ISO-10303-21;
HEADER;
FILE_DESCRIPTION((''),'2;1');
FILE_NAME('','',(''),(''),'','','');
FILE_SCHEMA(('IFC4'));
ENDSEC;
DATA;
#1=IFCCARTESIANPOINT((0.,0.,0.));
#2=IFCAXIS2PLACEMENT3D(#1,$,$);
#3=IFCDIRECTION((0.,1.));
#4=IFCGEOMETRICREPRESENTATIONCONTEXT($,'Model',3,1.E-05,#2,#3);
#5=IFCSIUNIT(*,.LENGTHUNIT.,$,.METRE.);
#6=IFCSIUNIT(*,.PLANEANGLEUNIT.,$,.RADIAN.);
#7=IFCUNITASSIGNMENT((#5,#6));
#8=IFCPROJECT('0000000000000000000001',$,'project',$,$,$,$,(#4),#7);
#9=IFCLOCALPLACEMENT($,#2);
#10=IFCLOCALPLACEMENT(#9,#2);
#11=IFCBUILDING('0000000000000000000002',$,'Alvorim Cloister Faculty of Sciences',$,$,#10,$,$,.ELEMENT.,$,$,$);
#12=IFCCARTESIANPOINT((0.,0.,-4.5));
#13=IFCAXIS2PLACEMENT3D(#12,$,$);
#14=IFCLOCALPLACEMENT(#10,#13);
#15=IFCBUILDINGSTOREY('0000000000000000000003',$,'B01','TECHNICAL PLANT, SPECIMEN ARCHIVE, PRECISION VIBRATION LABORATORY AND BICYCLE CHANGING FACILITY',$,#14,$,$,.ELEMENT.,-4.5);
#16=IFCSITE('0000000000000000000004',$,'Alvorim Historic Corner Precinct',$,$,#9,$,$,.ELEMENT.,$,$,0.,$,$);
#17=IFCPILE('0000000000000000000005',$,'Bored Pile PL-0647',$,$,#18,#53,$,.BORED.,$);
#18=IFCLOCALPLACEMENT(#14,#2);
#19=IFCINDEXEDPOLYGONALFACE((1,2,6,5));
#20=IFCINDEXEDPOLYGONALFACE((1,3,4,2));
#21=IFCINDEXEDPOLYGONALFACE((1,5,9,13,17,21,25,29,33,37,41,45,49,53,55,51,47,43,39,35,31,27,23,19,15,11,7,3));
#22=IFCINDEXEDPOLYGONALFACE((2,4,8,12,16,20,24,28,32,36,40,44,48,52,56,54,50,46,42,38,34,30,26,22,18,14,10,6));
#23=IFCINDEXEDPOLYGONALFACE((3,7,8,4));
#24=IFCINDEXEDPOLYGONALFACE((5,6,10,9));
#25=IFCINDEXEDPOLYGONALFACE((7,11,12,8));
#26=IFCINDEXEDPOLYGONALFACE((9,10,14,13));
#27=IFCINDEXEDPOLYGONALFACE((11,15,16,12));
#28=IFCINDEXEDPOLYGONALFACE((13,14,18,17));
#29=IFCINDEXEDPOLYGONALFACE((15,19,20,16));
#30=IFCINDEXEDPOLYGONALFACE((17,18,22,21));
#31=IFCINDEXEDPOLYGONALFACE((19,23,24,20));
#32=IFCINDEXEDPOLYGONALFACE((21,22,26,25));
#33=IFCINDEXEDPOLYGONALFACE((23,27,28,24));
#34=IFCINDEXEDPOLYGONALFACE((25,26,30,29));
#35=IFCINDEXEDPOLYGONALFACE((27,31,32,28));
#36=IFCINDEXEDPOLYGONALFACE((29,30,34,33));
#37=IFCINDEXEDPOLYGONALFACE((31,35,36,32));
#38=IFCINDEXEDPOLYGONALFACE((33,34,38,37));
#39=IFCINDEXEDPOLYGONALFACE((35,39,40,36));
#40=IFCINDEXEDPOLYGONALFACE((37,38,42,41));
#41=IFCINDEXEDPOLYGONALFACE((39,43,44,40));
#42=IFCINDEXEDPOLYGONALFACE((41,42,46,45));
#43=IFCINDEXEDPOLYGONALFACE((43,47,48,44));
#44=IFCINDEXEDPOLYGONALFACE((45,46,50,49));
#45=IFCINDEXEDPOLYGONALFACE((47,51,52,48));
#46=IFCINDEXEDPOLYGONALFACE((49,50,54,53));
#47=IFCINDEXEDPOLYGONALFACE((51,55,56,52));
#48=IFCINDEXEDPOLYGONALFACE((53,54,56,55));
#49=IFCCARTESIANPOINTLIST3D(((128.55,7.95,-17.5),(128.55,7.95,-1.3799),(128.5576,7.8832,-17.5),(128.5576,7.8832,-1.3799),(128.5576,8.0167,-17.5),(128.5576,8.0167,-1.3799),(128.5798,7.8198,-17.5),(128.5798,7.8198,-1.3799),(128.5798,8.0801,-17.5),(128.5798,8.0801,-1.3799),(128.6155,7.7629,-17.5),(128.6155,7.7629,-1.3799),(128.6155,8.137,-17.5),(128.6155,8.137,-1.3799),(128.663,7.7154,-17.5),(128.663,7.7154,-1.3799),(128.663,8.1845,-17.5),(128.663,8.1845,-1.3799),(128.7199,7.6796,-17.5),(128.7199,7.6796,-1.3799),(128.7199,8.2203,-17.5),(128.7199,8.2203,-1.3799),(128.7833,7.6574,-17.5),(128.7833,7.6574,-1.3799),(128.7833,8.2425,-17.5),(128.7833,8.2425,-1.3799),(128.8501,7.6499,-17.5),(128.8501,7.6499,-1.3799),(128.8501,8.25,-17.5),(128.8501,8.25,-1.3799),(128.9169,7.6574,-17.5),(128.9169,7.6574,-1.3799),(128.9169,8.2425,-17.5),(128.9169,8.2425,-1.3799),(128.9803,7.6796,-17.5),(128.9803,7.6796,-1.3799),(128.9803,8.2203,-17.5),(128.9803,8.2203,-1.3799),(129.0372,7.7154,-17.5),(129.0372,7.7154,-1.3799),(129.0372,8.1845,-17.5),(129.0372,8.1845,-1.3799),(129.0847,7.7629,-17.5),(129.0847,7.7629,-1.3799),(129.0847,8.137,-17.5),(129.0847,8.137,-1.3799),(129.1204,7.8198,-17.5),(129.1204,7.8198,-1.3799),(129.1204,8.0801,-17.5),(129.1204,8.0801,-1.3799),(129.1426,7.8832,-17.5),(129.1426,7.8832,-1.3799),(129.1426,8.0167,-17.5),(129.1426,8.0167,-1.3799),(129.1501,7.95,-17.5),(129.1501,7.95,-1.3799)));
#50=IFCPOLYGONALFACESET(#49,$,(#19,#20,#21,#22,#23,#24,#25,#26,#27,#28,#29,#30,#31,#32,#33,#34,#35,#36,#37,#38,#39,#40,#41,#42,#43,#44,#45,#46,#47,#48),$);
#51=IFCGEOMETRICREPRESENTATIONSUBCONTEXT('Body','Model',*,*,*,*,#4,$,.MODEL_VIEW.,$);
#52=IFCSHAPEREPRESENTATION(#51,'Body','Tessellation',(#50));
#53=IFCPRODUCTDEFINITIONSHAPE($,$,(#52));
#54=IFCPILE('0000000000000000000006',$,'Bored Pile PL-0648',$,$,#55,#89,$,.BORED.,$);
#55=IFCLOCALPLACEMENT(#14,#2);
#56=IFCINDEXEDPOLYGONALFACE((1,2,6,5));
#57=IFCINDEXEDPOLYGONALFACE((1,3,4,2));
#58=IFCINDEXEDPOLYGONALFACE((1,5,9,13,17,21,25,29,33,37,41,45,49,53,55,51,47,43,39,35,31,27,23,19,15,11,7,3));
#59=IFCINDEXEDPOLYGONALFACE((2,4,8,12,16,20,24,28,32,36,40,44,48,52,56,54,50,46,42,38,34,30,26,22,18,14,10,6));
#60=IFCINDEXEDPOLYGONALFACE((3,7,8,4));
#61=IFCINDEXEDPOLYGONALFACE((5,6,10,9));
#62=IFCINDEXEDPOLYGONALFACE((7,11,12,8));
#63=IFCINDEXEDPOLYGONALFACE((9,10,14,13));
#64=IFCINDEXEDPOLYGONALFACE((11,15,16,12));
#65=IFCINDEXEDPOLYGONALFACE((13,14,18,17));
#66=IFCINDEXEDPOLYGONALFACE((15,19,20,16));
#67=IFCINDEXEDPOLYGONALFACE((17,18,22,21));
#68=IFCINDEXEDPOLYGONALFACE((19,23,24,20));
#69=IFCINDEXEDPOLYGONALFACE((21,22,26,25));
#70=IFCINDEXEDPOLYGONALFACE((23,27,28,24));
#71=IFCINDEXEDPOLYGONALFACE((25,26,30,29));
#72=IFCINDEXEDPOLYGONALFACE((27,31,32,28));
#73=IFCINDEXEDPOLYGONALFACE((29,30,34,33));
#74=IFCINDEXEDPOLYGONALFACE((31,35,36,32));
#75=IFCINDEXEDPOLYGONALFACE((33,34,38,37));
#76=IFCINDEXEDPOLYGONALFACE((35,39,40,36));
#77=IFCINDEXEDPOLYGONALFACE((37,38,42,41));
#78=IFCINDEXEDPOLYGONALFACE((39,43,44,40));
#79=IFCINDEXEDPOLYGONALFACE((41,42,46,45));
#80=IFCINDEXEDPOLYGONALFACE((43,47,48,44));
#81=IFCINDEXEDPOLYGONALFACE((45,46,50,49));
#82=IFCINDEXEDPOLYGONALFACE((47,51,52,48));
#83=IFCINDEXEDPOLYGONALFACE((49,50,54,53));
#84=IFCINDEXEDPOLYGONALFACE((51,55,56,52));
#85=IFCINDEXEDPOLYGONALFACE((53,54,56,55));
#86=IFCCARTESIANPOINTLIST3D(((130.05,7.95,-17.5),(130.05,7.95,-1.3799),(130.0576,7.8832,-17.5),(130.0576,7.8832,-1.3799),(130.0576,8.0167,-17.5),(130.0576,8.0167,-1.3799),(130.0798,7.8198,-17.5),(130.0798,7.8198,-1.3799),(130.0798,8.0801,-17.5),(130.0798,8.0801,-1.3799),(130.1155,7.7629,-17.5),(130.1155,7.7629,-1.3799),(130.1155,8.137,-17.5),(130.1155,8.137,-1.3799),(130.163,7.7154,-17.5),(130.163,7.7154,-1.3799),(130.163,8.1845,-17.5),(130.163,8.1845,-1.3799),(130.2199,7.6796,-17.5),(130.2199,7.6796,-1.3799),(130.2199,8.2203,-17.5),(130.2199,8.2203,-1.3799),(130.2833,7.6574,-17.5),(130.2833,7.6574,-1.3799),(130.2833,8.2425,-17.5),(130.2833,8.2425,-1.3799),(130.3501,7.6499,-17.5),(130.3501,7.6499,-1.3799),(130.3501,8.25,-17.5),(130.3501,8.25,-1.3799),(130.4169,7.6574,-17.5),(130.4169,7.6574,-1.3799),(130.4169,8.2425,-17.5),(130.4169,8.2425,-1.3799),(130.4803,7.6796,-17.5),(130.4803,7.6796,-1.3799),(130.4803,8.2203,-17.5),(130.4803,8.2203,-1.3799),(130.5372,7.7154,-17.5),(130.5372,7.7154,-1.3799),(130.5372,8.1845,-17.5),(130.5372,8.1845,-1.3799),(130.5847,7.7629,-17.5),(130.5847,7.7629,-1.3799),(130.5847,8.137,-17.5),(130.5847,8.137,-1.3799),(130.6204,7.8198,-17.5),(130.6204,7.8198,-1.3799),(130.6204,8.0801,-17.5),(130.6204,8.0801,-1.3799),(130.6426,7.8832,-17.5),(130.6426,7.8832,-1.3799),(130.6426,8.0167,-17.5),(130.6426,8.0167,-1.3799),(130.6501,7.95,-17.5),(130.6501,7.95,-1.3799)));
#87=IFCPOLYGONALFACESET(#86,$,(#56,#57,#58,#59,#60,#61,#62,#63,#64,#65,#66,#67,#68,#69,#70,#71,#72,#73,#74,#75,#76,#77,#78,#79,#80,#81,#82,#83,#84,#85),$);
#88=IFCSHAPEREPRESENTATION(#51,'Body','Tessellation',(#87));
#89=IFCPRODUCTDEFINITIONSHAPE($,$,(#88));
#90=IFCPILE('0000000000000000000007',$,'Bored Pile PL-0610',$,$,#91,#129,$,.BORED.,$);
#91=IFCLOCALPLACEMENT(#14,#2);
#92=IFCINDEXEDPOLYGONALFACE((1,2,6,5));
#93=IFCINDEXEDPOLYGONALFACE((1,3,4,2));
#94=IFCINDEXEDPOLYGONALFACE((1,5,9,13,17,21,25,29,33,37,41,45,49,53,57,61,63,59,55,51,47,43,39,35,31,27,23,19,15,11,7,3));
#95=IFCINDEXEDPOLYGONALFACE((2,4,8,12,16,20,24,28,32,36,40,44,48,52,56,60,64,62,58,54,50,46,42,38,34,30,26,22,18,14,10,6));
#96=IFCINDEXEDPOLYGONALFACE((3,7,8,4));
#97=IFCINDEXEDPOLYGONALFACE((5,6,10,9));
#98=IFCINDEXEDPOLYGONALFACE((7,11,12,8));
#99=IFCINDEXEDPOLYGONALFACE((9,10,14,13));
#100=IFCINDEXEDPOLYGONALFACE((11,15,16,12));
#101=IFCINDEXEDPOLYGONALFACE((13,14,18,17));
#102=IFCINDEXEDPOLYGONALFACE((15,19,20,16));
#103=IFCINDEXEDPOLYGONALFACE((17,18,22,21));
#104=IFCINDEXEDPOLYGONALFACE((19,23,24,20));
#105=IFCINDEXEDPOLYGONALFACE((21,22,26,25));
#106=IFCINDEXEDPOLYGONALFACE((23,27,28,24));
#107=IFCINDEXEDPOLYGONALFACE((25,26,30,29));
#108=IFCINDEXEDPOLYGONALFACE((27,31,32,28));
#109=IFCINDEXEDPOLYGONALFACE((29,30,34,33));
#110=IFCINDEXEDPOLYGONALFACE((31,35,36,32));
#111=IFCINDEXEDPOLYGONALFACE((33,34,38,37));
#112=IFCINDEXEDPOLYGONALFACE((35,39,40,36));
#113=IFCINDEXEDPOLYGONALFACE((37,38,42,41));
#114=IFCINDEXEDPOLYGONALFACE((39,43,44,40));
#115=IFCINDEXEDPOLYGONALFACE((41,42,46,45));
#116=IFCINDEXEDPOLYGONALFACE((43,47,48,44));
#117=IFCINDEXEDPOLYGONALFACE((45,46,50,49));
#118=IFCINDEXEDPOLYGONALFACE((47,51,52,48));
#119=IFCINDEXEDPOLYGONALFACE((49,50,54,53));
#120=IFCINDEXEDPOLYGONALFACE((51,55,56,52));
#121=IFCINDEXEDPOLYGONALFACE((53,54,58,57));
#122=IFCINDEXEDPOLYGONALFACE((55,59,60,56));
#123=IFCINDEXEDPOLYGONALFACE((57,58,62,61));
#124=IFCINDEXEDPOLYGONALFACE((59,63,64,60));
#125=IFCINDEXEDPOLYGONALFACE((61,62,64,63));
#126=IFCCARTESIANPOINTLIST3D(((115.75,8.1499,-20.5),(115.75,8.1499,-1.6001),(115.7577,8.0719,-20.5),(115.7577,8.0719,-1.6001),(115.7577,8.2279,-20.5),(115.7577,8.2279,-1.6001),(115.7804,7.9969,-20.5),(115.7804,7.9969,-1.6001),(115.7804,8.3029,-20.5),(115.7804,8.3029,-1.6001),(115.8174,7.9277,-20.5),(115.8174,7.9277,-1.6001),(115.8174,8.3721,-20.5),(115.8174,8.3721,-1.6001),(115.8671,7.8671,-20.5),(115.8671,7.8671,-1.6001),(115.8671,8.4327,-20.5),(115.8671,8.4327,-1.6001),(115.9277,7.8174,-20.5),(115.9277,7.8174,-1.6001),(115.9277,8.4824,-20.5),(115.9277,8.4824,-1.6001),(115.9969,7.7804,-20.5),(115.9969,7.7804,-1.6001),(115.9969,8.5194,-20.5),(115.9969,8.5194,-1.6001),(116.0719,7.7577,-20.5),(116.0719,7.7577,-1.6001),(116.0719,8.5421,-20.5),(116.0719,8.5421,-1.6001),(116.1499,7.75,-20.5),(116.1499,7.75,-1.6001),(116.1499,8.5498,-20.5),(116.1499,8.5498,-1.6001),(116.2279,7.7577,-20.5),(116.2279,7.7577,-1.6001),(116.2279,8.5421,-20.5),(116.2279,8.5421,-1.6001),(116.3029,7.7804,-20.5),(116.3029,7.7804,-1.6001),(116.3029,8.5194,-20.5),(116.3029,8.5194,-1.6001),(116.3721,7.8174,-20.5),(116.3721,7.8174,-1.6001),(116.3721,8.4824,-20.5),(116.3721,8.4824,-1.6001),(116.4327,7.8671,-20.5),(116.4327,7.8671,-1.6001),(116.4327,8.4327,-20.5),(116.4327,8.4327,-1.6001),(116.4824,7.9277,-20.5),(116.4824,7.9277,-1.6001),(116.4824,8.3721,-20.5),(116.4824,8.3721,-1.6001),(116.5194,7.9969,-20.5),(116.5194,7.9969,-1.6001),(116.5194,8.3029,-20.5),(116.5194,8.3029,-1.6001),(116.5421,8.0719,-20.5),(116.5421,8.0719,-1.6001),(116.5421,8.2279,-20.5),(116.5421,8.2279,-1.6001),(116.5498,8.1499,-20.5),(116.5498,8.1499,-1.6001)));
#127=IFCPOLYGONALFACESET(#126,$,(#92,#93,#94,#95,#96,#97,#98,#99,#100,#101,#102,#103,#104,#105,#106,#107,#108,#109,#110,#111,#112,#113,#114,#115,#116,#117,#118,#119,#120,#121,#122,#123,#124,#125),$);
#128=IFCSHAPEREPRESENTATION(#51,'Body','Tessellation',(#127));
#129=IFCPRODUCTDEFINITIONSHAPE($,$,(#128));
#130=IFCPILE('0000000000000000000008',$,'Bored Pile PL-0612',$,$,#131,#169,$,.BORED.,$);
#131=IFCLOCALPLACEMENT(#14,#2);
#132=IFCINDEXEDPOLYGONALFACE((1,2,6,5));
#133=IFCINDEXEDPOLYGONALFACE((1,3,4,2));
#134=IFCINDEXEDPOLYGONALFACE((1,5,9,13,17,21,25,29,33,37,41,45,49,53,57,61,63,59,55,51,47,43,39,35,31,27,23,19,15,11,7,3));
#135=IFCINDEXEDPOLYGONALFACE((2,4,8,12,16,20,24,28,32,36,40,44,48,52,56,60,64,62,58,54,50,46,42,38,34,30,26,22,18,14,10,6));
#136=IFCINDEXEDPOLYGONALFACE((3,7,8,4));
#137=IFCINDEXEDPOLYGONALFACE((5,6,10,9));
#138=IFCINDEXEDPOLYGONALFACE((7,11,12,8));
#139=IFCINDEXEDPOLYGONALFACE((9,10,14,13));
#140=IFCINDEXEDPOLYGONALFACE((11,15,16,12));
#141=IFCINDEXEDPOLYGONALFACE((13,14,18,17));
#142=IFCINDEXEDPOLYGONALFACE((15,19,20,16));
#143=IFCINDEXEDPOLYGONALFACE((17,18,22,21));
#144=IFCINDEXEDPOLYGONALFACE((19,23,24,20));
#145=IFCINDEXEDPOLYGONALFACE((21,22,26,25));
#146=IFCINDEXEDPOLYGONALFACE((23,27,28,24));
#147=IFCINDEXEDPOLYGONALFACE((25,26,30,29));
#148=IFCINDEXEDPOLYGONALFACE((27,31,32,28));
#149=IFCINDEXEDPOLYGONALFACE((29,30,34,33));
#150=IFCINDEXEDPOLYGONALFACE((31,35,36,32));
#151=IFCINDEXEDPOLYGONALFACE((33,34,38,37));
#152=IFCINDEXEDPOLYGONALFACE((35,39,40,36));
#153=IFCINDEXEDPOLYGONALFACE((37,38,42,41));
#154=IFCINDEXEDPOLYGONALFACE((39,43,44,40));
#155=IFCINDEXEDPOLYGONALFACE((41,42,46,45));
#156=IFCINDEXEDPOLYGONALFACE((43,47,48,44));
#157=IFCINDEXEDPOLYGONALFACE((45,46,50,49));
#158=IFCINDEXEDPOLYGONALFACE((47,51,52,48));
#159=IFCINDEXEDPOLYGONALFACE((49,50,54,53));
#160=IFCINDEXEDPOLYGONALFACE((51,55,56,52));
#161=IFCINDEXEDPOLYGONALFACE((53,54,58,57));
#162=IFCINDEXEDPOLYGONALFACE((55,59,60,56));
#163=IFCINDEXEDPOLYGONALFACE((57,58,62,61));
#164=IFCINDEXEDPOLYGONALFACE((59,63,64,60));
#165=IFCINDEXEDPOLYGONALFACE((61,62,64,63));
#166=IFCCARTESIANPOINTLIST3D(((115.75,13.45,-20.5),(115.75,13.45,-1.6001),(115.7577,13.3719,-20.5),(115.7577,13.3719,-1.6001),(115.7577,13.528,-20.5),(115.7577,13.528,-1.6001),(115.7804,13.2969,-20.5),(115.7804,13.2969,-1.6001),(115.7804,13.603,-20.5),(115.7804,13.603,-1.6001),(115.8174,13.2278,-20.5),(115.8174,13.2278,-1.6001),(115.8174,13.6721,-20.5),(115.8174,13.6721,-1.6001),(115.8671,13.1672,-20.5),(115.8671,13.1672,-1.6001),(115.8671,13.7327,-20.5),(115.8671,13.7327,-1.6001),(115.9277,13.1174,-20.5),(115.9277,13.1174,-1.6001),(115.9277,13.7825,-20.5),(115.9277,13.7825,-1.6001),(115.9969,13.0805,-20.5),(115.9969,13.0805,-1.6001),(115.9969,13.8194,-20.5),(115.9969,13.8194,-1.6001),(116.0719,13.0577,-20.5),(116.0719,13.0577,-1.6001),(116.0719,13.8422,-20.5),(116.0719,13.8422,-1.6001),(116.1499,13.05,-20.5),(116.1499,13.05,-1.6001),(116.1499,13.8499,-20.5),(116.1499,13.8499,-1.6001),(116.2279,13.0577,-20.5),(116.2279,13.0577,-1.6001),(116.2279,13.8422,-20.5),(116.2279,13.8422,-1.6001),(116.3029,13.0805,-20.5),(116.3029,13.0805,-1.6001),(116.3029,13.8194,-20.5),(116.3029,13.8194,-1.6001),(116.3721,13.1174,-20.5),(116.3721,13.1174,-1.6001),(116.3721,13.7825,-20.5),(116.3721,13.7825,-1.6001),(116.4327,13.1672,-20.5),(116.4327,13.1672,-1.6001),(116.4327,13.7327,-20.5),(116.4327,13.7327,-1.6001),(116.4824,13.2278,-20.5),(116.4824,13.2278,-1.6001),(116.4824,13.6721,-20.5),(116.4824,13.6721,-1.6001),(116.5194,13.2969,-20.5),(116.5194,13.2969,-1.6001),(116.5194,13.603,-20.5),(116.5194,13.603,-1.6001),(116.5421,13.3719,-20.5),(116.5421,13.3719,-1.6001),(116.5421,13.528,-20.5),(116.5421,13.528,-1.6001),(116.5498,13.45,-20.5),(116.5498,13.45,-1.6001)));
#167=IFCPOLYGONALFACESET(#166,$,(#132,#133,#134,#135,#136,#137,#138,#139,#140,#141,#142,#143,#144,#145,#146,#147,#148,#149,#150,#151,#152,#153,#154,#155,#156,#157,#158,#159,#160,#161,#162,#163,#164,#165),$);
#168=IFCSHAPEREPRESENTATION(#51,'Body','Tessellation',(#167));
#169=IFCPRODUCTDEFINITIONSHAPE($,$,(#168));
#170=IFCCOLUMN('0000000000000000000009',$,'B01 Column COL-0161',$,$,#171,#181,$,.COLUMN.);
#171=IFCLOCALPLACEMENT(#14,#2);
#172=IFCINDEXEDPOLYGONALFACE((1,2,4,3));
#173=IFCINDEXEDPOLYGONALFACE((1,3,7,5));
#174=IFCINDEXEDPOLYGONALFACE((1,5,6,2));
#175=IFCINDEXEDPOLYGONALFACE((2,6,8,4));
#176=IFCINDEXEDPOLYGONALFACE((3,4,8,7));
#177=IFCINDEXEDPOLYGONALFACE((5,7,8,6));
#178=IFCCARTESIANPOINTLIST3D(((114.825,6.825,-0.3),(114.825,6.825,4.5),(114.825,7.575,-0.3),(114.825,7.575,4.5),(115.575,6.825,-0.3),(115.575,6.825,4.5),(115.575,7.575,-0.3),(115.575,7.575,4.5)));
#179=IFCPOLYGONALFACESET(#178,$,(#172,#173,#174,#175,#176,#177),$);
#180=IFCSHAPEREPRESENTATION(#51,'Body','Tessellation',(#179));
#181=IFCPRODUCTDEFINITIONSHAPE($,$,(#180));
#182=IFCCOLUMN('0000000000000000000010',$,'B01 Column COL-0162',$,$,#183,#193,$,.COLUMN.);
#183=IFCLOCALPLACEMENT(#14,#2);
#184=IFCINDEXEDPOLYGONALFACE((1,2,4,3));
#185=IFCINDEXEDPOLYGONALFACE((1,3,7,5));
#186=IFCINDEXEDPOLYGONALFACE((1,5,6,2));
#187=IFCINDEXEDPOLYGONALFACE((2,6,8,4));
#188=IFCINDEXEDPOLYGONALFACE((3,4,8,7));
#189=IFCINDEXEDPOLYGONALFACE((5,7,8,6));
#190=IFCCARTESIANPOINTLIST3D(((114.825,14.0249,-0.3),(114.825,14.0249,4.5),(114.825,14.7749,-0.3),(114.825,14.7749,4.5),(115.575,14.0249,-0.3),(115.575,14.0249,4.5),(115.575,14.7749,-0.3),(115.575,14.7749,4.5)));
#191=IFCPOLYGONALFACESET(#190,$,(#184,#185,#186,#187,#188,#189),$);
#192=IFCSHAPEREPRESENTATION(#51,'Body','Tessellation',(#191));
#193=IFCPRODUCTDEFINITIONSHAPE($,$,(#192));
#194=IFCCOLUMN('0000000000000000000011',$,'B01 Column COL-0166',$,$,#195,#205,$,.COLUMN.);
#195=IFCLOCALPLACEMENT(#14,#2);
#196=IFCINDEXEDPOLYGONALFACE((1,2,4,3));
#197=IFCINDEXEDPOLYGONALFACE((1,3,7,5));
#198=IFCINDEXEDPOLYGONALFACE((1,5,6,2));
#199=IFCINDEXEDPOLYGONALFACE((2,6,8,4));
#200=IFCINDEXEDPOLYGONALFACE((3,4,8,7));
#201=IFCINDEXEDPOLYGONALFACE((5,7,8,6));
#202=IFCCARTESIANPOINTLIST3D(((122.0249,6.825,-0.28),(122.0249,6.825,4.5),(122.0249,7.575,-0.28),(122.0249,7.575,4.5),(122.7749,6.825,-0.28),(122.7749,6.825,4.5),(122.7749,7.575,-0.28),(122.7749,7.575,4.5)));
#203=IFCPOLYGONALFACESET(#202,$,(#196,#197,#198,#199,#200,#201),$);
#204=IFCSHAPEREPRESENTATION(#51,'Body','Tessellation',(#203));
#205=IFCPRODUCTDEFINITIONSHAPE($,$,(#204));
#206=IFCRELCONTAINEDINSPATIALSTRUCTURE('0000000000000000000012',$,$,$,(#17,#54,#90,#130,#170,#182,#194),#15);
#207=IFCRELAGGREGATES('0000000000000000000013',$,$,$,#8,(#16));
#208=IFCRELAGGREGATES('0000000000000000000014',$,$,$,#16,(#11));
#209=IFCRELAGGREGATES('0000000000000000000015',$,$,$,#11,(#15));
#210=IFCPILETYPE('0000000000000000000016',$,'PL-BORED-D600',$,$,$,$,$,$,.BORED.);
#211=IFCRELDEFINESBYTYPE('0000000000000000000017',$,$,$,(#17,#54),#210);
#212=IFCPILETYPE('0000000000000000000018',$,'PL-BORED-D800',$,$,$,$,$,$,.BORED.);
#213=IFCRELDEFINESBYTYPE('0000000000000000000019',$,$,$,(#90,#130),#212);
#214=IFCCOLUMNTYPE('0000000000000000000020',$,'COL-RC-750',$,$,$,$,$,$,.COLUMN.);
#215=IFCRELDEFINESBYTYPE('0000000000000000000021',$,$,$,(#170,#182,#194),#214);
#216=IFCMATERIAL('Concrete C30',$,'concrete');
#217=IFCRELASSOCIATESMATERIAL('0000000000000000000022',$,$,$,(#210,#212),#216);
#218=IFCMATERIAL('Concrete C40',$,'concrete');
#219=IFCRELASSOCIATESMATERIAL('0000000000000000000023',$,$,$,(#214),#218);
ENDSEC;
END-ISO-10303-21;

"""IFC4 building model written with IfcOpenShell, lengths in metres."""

from ifc_helpers import new_model, si_unit, direction, frame, origin, origin_2d, place, context, subcontext, project, spatial, rectangle, circle, extrude, material, material_profile, profile_set, type_object, element, save


model = new_model("IFC4")

# Units and contexts
model_context = context("Model", 3, precision=1e-05, world=origin(), true_north=direction((0.0, 1.0)))
body_context = subcontext(model_context, "Body", "Model", "MODEL_VIEW")
ifc_project = project(units=[si_unit("LENGTHUNIT", "METRE"), si_unit("PLANEANGLEUNIT", "RADIAN")], contexts=[model_context])

# Site, building, storey
site_placement = place(None, origin())
site = spatial("IfcSite", under=ifc_project, at=site_placement, Name="Alvorim Historic Corner Precinct", CompositionType="ELEMENT", RefElevation=0.0)
building_placement = place(site_placement, origin())
building = spatial("IfcBuilding", under=site, at=building_placement, Name="Alvorim Cloister Faculty of Sciences", CompositionType="ELEMENT")
storey_placement = place(building_placement, frame((0.0, 0.0, -4.5)))
storey = spatial("IfcBuildingStorey", under=building, at=storey_placement, Name="B01", Description="TECHNICAL PLANT, SPECIMEN ARCHIVE, PRECISION VIBRATION LABORATORY AND BICYCLE CHANGING FACILITY", CompositionType="ELEMENT", Elevation=-4.5)

# Shared definitions
ifc_material_1 = material(Name="Concrete C40", Category="concrete")

# Piles
ifc_material_2 = material(Name="Concrete C30", Category="concrete")
ifc_material_profile_1 = material_profile(ifc_material_2, circle(Radius=0.3, at=origin_2d()), Name="PILE-D600")
ifc_profile_set_1 = profile_set([ifc_material_profile_1], Name="Concrete C30")
pile_type_1 = type_object("IfcPileType", Name="PL-BORED-D600", PredefinedType="BORED", material=ifc_profile_set_1)
for number, where, z_axis, x_axis, name in (
    (1, (128.8501, 7.95, -1.3799), (0.0, 0.0, -1.0), (1.0, 0.0, 0.0), "Bored Pile PL-0647"),
    (2, (130.3501, 7.95, -1.3799), (0.0, 0.0, -1.0), (1.0, 0.0, 0.0), "Bored Pile PL-0648"),
):
    element("IfcPile", number, at=place(storey_placement, frame(where, z_axis=z_axis, x_axis=x_axis)), inside=storey, type_object=pile_type_1, Name=name, PredefinedType="BORED", context=body_context, shape_type="SweptSolid", body=[
        extrude(circle(Radius=0.3, at=origin_2d()), origin(), (0.0, 0.0, 1.0), 16.1201),
    ])
ifc_material_profile_2 = material_profile(ifc_material_2, circle(Radius=0.3999, at=origin_2d()), Name="PILE-D800")
ifc_profile_set_2 = profile_set([ifc_material_profile_2], Name="Concrete C30")
pile_type_2 = type_object("IfcPileType", Name="PL-BORED-D800", PredefinedType="BORED", material=ifc_profile_set_2)
for number, where, z_axis, x_axis, name in (
    (3, (116.1499, 8.1499, -1.6001), (0.0, 0.0, -1.0), (1.0, 0.0, 0.0), "Bored Pile PL-0610"),
    (4, (116.1499, 13.45, -1.6001), (0.0, 0.0, -1.0), (1.0, 0.0, 0.0), "Bored Pile PL-0612"),
):
    element("IfcPile", number, at=place(storey_placement, frame(where, z_axis=z_axis, x_axis=x_axis)), inside=storey, type_object=pile_type_2, Name=name, PredefinedType="BORED", context=body_context, shape_type="SweptSolid", body=[
        extrude(circle(Radius=0.3999, at=origin_2d()), origin(), (0.0, 0.0, 1.0), 18.8999),
    ])

# Columns
ifc_material_profile_3 = material_profile(ifc_material_1, rectangle(XDim=0.75, YDim=0.75, at=origin_2d()), Name="RC40-COL-750x750")
ifc_profile_set_3 = profile_set([ifc_material_profile_3], Name="Concrete C40")
column_type = type_object("IfcColumnType", Name="COL-RC-750", PredefinedType="COLUMN", material=ifc_profile_set_3)
for number, where, z_axis, x_axis, name in (
    (5, (115.2, 7.2, -0.3), (0.0, 0.0, 1.0), (1.0, 0.0, 0.0), "B01 Column COL-0161"),
    (6, (115.2, 14.3999, -0.3), (0.0, 0.0, 1.0), (1.0, 0.0, 0.0), "B01 Column COL-0162"),
):
    element("IfcColumn", number, at=place(storey_placement, frame(where, z_axis=z_axis, x_axis=x_axis)), inside=storey, type_object=column_type, Name=name, PredefinedType="COLUMN", context=body_context, shape_type="SweptSolid", body=[
        extrude(rectangle(XDim=0.75, YDim=0.75, at=origin_2d()), origin(), (0.0, 0.0, 1.0), 4.8),
    ])
for number, where, z_axis, x_axis, name in (
    (7, (122.3999, 7.2, -0.28), (0.0, 0.0, 1.0), (1.0, 0.0, 0.0), "B01 Column COL-0166"),
):
    element("IfcColumn", number, at=place(storey_placement, frame(where, z_axis=z_axis, x_axis=x_axis)), inside=storey, type_object=column_type, Name=name, PredefinedType="COLUMN", context=body_context, shape_type="SweptSolid", body=[
        extrude(rectangle(XDim=0.75, YDim=0.75, at=origin_2d()), origin(), (0.0, 0.0, 1.0), 4.78),
    ])

save(model, "model.ifc")
